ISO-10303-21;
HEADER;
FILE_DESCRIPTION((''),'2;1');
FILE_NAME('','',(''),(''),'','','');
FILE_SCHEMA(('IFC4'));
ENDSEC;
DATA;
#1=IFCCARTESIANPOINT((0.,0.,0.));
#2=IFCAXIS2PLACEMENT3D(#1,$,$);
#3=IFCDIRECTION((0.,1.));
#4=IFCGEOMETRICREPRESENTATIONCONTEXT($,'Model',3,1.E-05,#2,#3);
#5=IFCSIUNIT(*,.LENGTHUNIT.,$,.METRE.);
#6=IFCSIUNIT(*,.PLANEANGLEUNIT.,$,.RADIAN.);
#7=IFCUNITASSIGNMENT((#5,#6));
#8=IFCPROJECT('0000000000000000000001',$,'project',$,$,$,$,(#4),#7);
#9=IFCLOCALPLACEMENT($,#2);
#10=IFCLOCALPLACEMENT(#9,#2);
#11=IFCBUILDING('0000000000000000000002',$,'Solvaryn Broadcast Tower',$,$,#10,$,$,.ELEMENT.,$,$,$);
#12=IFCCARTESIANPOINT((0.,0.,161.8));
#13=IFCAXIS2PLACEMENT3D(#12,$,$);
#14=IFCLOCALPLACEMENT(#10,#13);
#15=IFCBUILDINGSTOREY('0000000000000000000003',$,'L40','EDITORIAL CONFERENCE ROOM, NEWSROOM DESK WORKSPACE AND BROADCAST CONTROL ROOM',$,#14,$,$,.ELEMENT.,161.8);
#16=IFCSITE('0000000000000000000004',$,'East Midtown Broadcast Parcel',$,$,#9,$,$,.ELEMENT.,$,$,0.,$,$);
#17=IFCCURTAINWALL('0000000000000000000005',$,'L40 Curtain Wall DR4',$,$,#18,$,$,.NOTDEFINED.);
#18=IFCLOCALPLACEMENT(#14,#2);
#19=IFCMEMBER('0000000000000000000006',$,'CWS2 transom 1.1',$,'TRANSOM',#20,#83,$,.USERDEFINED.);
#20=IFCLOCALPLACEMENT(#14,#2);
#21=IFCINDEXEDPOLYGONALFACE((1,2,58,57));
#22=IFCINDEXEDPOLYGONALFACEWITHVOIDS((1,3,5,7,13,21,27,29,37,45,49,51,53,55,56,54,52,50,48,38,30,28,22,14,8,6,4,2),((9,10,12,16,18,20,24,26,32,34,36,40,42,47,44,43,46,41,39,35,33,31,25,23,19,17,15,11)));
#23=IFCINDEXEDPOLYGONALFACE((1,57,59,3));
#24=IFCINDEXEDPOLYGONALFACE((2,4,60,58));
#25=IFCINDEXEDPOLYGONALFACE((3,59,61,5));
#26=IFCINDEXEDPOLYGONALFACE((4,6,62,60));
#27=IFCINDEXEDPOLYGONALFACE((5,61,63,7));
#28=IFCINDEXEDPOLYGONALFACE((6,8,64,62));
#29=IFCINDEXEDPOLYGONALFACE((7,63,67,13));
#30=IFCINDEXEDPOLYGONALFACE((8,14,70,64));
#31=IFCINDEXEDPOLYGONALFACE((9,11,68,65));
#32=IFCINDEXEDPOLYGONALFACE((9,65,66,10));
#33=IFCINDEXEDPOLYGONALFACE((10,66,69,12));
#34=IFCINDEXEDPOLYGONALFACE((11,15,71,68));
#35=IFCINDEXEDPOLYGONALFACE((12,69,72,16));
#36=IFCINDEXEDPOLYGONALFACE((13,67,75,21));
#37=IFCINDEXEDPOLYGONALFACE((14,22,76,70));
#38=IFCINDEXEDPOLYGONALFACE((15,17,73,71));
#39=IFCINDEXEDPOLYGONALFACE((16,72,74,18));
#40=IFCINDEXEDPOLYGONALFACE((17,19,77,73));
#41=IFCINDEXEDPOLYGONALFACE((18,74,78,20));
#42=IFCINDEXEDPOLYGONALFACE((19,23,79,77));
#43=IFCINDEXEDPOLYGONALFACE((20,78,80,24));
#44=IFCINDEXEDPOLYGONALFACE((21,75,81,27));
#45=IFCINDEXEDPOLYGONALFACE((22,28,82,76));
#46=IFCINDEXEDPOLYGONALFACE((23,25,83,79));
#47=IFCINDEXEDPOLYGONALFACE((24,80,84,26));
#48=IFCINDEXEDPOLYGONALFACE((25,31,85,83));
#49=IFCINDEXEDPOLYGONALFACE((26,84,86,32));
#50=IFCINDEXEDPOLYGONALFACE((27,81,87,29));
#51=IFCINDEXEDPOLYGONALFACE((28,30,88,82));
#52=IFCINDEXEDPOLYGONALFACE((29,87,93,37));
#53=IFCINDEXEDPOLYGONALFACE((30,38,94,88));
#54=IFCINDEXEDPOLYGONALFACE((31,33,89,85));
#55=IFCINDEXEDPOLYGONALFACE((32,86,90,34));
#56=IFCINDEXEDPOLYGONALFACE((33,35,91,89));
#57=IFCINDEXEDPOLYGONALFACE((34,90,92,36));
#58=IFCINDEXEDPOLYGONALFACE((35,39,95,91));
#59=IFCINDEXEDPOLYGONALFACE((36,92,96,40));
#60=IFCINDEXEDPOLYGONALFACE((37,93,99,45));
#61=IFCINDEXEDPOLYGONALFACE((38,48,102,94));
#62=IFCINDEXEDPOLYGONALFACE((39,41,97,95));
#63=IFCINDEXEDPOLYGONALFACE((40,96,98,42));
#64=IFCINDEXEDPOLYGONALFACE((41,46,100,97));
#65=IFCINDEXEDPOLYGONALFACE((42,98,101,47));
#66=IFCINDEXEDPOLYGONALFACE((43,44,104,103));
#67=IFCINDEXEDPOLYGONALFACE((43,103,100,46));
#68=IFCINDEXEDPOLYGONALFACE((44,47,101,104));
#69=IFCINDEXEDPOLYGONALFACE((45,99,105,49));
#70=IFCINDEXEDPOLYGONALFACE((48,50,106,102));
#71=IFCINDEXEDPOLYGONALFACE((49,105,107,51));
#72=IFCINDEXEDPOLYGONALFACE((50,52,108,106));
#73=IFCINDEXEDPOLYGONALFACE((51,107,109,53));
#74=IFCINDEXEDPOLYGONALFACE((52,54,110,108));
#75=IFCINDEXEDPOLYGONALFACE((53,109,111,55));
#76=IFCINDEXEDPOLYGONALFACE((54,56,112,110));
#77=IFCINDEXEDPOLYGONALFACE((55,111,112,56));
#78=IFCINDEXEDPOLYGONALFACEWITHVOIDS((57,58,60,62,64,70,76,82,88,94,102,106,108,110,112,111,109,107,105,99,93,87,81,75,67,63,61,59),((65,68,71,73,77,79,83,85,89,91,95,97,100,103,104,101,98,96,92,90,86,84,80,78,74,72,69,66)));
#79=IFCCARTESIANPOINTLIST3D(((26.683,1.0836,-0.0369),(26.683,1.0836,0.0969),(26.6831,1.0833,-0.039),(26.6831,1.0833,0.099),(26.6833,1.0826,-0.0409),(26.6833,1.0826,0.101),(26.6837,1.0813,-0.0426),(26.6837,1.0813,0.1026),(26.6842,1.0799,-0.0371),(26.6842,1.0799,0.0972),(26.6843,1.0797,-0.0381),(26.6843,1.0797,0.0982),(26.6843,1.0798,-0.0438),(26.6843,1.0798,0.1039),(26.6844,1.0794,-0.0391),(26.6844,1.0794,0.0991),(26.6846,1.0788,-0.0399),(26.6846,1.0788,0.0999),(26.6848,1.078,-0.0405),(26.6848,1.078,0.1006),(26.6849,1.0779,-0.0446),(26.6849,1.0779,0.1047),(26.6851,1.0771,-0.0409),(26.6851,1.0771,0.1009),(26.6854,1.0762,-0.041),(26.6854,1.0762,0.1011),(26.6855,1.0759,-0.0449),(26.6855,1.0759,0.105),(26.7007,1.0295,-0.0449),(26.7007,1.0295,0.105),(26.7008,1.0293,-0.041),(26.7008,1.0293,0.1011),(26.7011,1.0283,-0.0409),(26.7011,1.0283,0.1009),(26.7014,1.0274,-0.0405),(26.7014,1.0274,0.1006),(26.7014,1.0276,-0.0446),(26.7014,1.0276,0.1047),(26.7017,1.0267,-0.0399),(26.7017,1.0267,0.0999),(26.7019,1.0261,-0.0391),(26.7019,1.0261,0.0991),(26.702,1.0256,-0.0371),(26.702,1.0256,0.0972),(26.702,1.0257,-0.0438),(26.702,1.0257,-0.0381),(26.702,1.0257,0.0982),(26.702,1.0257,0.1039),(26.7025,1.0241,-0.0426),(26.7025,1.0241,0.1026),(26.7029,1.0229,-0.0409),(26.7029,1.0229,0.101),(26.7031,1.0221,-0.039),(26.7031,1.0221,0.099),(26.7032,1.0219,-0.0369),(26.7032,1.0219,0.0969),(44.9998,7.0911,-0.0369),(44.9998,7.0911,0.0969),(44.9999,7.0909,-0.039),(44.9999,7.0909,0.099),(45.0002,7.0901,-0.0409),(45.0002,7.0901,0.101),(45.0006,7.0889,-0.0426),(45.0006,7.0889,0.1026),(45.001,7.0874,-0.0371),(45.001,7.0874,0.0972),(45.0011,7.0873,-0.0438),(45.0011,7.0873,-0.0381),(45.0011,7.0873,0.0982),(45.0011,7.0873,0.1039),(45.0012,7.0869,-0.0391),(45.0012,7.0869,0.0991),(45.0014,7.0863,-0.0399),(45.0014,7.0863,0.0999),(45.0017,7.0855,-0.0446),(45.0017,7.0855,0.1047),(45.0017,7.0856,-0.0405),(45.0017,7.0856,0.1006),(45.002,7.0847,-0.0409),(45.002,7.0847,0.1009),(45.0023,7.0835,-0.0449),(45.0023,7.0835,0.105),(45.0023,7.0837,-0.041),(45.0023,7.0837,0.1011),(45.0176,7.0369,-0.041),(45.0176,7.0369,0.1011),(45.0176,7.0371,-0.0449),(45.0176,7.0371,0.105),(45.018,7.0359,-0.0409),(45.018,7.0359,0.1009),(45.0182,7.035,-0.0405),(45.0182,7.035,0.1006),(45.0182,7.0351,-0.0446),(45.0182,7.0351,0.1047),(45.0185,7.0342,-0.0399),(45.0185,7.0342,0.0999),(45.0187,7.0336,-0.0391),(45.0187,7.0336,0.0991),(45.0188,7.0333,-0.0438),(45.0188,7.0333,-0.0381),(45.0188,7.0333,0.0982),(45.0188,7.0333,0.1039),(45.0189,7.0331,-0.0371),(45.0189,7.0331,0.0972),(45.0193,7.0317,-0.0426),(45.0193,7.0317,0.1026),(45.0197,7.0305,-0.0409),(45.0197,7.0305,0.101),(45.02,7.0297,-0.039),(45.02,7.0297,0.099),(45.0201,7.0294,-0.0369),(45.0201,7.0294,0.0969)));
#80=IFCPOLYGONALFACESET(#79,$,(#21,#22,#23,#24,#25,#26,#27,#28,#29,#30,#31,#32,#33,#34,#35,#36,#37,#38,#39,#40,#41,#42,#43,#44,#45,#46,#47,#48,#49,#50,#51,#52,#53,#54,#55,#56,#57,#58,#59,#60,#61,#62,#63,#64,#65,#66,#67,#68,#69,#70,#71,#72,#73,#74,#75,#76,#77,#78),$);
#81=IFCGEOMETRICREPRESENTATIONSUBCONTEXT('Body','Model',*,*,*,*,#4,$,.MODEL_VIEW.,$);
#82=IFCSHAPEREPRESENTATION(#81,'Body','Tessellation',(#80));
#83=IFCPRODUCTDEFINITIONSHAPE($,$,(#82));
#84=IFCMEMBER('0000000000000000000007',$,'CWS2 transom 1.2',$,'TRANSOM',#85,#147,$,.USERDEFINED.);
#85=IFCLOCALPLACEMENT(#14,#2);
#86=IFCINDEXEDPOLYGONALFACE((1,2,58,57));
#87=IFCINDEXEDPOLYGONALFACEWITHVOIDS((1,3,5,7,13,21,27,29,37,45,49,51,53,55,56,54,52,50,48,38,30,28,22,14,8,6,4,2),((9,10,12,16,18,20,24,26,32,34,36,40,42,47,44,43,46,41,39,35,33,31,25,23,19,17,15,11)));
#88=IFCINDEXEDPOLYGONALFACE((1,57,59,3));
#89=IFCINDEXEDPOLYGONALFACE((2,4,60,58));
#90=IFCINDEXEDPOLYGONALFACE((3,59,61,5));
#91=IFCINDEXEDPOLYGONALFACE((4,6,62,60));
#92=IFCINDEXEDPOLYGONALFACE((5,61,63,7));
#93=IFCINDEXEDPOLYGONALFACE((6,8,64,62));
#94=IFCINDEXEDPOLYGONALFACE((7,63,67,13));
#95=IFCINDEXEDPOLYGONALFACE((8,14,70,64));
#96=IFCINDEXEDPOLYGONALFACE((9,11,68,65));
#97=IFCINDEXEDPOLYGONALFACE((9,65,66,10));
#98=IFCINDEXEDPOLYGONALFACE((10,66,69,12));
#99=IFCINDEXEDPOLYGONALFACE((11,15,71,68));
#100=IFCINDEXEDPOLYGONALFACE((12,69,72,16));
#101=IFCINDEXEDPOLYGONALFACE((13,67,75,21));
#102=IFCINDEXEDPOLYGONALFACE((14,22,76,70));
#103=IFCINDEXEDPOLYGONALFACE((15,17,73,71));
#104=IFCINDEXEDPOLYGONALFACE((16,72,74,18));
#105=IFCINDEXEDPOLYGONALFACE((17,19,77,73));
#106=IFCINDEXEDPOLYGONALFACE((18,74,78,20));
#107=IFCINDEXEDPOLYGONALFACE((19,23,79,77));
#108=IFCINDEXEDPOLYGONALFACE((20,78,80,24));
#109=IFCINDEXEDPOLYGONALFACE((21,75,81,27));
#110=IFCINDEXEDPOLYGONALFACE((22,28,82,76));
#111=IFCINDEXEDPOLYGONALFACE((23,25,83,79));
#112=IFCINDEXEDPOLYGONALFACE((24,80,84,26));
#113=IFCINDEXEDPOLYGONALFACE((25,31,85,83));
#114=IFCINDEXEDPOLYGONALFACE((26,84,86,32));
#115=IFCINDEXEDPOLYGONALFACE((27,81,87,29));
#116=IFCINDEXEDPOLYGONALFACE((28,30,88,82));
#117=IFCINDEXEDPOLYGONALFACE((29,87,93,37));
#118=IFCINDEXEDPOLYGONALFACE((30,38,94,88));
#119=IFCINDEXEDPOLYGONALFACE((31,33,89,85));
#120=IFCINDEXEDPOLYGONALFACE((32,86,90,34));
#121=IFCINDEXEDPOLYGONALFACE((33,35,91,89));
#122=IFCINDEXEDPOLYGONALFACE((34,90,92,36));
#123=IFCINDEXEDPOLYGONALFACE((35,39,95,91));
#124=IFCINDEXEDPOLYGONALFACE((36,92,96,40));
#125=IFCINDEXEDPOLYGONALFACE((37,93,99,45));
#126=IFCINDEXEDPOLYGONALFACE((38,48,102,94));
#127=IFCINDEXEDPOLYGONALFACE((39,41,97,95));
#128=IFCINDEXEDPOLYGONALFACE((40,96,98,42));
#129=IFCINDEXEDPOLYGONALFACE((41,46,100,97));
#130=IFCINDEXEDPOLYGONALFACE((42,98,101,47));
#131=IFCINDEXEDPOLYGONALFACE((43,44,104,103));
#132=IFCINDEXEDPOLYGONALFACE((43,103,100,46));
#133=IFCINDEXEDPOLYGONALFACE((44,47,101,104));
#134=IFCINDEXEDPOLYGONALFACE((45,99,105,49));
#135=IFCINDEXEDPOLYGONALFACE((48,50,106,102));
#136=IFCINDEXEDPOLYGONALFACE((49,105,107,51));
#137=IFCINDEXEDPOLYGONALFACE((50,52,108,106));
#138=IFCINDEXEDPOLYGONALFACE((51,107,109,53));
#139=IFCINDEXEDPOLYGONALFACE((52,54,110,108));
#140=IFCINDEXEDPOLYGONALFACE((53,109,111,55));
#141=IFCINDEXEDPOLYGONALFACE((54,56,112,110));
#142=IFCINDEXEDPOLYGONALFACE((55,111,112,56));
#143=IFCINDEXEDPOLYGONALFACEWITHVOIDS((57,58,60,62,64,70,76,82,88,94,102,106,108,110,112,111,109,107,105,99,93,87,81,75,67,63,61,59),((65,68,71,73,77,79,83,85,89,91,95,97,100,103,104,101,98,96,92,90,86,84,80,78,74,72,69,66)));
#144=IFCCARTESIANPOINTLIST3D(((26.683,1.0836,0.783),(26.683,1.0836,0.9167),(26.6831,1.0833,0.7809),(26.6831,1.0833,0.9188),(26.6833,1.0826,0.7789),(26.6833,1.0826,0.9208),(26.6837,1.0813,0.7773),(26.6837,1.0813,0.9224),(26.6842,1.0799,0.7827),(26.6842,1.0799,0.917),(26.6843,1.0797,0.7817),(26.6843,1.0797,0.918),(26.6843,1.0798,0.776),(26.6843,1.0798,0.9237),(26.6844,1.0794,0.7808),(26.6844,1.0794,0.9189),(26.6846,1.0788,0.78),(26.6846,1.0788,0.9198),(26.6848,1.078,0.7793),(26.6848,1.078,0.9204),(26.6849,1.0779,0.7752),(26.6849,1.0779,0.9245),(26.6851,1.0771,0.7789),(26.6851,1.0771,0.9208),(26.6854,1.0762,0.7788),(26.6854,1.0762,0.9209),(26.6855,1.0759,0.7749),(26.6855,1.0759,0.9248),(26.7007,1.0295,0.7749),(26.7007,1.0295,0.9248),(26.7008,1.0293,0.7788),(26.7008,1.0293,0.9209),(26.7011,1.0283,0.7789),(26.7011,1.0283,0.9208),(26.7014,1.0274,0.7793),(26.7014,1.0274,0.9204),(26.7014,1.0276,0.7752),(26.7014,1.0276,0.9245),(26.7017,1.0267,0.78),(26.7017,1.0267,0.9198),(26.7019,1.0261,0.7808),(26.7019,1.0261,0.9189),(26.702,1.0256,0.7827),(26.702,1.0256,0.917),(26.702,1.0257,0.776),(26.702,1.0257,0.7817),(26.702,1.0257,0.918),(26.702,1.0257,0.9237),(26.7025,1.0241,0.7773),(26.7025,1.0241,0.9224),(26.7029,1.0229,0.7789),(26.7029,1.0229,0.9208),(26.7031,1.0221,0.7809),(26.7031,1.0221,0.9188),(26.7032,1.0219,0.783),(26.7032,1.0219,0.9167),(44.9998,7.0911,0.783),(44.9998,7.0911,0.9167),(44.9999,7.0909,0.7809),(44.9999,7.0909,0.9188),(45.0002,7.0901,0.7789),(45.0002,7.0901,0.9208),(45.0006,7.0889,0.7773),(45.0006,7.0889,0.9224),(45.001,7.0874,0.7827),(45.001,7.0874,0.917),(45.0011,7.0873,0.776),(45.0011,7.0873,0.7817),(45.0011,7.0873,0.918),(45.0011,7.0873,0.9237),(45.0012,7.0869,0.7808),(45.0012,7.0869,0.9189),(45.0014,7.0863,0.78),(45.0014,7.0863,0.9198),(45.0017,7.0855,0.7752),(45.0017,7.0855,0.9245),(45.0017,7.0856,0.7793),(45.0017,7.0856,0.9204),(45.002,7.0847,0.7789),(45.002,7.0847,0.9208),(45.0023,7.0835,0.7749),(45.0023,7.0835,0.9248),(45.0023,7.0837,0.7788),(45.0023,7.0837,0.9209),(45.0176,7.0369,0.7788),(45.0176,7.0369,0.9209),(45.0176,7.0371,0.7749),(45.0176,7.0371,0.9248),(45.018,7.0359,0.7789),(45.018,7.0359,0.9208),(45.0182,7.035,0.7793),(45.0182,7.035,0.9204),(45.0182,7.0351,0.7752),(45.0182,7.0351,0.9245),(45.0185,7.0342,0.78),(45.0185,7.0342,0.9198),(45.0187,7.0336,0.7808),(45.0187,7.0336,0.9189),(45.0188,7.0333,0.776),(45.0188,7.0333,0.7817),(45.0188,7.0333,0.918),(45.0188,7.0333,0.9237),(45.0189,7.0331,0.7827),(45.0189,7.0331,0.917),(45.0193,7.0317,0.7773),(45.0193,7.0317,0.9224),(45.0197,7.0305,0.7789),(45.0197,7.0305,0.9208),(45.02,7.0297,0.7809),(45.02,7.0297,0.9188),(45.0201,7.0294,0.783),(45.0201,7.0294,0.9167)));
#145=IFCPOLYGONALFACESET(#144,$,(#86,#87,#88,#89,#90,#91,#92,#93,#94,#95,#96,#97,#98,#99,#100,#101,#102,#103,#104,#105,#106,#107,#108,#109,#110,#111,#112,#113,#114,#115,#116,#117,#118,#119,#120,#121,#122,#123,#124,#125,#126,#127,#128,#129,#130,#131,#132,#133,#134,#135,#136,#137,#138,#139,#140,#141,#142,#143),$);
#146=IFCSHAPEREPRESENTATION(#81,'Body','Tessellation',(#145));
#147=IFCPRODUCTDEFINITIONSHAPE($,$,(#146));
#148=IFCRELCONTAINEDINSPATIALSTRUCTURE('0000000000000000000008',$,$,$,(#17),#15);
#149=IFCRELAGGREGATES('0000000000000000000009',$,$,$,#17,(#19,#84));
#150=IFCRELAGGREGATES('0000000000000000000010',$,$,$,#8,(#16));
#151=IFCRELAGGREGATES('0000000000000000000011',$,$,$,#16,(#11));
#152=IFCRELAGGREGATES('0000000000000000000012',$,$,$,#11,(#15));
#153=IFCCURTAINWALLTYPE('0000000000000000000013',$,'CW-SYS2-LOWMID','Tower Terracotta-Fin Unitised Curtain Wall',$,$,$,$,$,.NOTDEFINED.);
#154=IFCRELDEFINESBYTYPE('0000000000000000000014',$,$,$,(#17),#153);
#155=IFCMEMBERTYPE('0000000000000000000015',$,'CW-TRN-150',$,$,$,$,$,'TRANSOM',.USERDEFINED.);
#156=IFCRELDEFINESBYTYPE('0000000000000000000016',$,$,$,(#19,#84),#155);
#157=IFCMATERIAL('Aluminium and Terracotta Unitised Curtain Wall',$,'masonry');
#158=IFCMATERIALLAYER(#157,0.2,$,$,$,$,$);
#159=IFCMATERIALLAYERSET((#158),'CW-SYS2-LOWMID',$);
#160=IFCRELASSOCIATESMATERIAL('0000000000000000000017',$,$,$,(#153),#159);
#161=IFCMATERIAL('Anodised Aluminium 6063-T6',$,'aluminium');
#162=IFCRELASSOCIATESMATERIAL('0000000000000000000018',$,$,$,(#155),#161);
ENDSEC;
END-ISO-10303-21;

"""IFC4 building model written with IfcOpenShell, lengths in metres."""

from ifc_helpers import new_model, si_unit, direction, frame, origin, origin_2d, place, context, subcontext, project, spatial, hollow_rectangle, extrude, material, layer, layer_set, material_profile, profile_set, type_object, element, aggregate, save


model = new_model("IFC4")

# Units and contexts
model_context = context("Model", 3, precision=1e-05, world=origin(), true_north=direction((0.0, 1.0)))
body_context = subcontext(model_context, "Body", "Model", "MODEL_VIEW")
ifc_project = project(units=[si_unit("LENGTHUNIT", "METRE"), si_unit("PLANEANGLEUNIT", "RADIAN")], contexts=[model_context])

# Site, building, storey
site_placement = place(None, origin())
site = spatial("IfcSite", under=ifc_project, at=site_placement, Name="East Midtown Broadcast Parcel", CompositionType="ELEMENT", RefElevation=0.0)
building_placement = place(site_placement, origin())
building = spatial("IfcBuilding", under=site, at=building_placement, Name="Solvaryn Broadcast Tower", CompositionType="ELEMENT")
storey_placement = place(building_placement, frame((0.0, 0.0, 161.8)))
storey = spatial("IfcBuildingStorey", under=building, at=storey_placement, Name="L40", Description="EDITORIAL CONFERENCE ROOM, NEWSROOM DESK WORKSPACE AND BROADCAST CONTROL ROOM", CompositionType="ELEMENT", Elevation=161.8)

# Shared definitions
ifc_material_1 = material(Name="Aluminium and Terracotta Unitised Curtain Wall", Category="masonry")
ifc_layer_1 = layer(ifc_material_1, 0.2)
ifc_layer_set_1 = layer_set([ifc_layer_1], Name="CW-SYS2-LOWMID")
curtain_wall_type = type_object("IfcCurtainWallType", Name="CW-SYS2-LOWMID", Description="Tower Terracotta-Fin Unitised Curtain Wall", PredefinedType="NOTDEFINED", material=ifc_layer_set_1)

# Curtain wall, members
curtain_wall_1_placement = place(storey_placement, origin())
curtain_wall_1 = element("IfcCurtainWall", 1, at=curtain_wall_1_placement, inside=storey, type_object=curtain_wall_type, Name="L40 Curtain Wall DR4", PredefinedType="NOTDEFINED")
ifc_material_2 = material(Name="Anodised Aluminium 6063-T6", Category="aluminium")
ifc_material_profile_1 = material_profile(ifc_material_2, hollow_rectangle(XDim=0.0649, YDim=0.1499, WallThickness=0.0039, InnerFilletRadius=0.0039, OuterFilletRadius=0.0081, at=origin_2d()))
ifc_profile_set_1 = profile_set([ifc_material_profile_1], Name="Anodised Aluminium 6063-T6")
member_type_1 = type_object("IfcMemberType", Name="CW-TRN-150", ElementType="TRANSOM", PredefinedType="USERDEFINED", material=ifc_profile_set_1)
member_1_placement = place(storey_placement, frame((26.6931, 1.0527, 0.03), z_axis=(0.950198, 0.311646, 0.0), x_axis=(-0.311646, 0.950198, 0.0)))
member_1 = element("IfcMember", 2, at=member_1_placement, type_object=member_type_1, Name="CWS2 transom 1.1", ObjectType="TRANSOM", PredefinedType="USERDEFINED", context=body_context, shape_type="SweptSolid", body=[
    extrude(hollow_rectangle(XDim=0.0649, YDim=0.1499, WallThickness=0.0039, InnerFilletRadius=0.0039, OuterFilletRadius=0.0081, at=origin_2d()), origin(), (0.0, 0.0, 1.0), 19.2769),
])
member_2_placement = place(storey_placement, frame((26.6931, 1.0527, 0.8499), z_axis=(0.950198, 0.311646, 0.0), x_axis=(-0.311646, 0.950198, 0.0)))
member_2 = element("IfcMember", 3, at=member_2_placement, type_object=member_type_1, Name="CWS2 transom 1.2", ObjectType="TRANSOM", PredefinedType="USERDEFINED", context=body_context, shape_type="SweptSolid", body=[
    extrude(hollow_rectangle(XDim=0.0649, YDim=0.1499, WallThickness=0.0039, InnerFilletRadius=0.0039, OuterFilletRadius=0.0081, at=origin_2d()), origin(), (0.0, 0.0, 1.0), 19.2769),
])
aggregate(curtain_wall_1, [member_1, member_2])

save(model, "model.ifc")
